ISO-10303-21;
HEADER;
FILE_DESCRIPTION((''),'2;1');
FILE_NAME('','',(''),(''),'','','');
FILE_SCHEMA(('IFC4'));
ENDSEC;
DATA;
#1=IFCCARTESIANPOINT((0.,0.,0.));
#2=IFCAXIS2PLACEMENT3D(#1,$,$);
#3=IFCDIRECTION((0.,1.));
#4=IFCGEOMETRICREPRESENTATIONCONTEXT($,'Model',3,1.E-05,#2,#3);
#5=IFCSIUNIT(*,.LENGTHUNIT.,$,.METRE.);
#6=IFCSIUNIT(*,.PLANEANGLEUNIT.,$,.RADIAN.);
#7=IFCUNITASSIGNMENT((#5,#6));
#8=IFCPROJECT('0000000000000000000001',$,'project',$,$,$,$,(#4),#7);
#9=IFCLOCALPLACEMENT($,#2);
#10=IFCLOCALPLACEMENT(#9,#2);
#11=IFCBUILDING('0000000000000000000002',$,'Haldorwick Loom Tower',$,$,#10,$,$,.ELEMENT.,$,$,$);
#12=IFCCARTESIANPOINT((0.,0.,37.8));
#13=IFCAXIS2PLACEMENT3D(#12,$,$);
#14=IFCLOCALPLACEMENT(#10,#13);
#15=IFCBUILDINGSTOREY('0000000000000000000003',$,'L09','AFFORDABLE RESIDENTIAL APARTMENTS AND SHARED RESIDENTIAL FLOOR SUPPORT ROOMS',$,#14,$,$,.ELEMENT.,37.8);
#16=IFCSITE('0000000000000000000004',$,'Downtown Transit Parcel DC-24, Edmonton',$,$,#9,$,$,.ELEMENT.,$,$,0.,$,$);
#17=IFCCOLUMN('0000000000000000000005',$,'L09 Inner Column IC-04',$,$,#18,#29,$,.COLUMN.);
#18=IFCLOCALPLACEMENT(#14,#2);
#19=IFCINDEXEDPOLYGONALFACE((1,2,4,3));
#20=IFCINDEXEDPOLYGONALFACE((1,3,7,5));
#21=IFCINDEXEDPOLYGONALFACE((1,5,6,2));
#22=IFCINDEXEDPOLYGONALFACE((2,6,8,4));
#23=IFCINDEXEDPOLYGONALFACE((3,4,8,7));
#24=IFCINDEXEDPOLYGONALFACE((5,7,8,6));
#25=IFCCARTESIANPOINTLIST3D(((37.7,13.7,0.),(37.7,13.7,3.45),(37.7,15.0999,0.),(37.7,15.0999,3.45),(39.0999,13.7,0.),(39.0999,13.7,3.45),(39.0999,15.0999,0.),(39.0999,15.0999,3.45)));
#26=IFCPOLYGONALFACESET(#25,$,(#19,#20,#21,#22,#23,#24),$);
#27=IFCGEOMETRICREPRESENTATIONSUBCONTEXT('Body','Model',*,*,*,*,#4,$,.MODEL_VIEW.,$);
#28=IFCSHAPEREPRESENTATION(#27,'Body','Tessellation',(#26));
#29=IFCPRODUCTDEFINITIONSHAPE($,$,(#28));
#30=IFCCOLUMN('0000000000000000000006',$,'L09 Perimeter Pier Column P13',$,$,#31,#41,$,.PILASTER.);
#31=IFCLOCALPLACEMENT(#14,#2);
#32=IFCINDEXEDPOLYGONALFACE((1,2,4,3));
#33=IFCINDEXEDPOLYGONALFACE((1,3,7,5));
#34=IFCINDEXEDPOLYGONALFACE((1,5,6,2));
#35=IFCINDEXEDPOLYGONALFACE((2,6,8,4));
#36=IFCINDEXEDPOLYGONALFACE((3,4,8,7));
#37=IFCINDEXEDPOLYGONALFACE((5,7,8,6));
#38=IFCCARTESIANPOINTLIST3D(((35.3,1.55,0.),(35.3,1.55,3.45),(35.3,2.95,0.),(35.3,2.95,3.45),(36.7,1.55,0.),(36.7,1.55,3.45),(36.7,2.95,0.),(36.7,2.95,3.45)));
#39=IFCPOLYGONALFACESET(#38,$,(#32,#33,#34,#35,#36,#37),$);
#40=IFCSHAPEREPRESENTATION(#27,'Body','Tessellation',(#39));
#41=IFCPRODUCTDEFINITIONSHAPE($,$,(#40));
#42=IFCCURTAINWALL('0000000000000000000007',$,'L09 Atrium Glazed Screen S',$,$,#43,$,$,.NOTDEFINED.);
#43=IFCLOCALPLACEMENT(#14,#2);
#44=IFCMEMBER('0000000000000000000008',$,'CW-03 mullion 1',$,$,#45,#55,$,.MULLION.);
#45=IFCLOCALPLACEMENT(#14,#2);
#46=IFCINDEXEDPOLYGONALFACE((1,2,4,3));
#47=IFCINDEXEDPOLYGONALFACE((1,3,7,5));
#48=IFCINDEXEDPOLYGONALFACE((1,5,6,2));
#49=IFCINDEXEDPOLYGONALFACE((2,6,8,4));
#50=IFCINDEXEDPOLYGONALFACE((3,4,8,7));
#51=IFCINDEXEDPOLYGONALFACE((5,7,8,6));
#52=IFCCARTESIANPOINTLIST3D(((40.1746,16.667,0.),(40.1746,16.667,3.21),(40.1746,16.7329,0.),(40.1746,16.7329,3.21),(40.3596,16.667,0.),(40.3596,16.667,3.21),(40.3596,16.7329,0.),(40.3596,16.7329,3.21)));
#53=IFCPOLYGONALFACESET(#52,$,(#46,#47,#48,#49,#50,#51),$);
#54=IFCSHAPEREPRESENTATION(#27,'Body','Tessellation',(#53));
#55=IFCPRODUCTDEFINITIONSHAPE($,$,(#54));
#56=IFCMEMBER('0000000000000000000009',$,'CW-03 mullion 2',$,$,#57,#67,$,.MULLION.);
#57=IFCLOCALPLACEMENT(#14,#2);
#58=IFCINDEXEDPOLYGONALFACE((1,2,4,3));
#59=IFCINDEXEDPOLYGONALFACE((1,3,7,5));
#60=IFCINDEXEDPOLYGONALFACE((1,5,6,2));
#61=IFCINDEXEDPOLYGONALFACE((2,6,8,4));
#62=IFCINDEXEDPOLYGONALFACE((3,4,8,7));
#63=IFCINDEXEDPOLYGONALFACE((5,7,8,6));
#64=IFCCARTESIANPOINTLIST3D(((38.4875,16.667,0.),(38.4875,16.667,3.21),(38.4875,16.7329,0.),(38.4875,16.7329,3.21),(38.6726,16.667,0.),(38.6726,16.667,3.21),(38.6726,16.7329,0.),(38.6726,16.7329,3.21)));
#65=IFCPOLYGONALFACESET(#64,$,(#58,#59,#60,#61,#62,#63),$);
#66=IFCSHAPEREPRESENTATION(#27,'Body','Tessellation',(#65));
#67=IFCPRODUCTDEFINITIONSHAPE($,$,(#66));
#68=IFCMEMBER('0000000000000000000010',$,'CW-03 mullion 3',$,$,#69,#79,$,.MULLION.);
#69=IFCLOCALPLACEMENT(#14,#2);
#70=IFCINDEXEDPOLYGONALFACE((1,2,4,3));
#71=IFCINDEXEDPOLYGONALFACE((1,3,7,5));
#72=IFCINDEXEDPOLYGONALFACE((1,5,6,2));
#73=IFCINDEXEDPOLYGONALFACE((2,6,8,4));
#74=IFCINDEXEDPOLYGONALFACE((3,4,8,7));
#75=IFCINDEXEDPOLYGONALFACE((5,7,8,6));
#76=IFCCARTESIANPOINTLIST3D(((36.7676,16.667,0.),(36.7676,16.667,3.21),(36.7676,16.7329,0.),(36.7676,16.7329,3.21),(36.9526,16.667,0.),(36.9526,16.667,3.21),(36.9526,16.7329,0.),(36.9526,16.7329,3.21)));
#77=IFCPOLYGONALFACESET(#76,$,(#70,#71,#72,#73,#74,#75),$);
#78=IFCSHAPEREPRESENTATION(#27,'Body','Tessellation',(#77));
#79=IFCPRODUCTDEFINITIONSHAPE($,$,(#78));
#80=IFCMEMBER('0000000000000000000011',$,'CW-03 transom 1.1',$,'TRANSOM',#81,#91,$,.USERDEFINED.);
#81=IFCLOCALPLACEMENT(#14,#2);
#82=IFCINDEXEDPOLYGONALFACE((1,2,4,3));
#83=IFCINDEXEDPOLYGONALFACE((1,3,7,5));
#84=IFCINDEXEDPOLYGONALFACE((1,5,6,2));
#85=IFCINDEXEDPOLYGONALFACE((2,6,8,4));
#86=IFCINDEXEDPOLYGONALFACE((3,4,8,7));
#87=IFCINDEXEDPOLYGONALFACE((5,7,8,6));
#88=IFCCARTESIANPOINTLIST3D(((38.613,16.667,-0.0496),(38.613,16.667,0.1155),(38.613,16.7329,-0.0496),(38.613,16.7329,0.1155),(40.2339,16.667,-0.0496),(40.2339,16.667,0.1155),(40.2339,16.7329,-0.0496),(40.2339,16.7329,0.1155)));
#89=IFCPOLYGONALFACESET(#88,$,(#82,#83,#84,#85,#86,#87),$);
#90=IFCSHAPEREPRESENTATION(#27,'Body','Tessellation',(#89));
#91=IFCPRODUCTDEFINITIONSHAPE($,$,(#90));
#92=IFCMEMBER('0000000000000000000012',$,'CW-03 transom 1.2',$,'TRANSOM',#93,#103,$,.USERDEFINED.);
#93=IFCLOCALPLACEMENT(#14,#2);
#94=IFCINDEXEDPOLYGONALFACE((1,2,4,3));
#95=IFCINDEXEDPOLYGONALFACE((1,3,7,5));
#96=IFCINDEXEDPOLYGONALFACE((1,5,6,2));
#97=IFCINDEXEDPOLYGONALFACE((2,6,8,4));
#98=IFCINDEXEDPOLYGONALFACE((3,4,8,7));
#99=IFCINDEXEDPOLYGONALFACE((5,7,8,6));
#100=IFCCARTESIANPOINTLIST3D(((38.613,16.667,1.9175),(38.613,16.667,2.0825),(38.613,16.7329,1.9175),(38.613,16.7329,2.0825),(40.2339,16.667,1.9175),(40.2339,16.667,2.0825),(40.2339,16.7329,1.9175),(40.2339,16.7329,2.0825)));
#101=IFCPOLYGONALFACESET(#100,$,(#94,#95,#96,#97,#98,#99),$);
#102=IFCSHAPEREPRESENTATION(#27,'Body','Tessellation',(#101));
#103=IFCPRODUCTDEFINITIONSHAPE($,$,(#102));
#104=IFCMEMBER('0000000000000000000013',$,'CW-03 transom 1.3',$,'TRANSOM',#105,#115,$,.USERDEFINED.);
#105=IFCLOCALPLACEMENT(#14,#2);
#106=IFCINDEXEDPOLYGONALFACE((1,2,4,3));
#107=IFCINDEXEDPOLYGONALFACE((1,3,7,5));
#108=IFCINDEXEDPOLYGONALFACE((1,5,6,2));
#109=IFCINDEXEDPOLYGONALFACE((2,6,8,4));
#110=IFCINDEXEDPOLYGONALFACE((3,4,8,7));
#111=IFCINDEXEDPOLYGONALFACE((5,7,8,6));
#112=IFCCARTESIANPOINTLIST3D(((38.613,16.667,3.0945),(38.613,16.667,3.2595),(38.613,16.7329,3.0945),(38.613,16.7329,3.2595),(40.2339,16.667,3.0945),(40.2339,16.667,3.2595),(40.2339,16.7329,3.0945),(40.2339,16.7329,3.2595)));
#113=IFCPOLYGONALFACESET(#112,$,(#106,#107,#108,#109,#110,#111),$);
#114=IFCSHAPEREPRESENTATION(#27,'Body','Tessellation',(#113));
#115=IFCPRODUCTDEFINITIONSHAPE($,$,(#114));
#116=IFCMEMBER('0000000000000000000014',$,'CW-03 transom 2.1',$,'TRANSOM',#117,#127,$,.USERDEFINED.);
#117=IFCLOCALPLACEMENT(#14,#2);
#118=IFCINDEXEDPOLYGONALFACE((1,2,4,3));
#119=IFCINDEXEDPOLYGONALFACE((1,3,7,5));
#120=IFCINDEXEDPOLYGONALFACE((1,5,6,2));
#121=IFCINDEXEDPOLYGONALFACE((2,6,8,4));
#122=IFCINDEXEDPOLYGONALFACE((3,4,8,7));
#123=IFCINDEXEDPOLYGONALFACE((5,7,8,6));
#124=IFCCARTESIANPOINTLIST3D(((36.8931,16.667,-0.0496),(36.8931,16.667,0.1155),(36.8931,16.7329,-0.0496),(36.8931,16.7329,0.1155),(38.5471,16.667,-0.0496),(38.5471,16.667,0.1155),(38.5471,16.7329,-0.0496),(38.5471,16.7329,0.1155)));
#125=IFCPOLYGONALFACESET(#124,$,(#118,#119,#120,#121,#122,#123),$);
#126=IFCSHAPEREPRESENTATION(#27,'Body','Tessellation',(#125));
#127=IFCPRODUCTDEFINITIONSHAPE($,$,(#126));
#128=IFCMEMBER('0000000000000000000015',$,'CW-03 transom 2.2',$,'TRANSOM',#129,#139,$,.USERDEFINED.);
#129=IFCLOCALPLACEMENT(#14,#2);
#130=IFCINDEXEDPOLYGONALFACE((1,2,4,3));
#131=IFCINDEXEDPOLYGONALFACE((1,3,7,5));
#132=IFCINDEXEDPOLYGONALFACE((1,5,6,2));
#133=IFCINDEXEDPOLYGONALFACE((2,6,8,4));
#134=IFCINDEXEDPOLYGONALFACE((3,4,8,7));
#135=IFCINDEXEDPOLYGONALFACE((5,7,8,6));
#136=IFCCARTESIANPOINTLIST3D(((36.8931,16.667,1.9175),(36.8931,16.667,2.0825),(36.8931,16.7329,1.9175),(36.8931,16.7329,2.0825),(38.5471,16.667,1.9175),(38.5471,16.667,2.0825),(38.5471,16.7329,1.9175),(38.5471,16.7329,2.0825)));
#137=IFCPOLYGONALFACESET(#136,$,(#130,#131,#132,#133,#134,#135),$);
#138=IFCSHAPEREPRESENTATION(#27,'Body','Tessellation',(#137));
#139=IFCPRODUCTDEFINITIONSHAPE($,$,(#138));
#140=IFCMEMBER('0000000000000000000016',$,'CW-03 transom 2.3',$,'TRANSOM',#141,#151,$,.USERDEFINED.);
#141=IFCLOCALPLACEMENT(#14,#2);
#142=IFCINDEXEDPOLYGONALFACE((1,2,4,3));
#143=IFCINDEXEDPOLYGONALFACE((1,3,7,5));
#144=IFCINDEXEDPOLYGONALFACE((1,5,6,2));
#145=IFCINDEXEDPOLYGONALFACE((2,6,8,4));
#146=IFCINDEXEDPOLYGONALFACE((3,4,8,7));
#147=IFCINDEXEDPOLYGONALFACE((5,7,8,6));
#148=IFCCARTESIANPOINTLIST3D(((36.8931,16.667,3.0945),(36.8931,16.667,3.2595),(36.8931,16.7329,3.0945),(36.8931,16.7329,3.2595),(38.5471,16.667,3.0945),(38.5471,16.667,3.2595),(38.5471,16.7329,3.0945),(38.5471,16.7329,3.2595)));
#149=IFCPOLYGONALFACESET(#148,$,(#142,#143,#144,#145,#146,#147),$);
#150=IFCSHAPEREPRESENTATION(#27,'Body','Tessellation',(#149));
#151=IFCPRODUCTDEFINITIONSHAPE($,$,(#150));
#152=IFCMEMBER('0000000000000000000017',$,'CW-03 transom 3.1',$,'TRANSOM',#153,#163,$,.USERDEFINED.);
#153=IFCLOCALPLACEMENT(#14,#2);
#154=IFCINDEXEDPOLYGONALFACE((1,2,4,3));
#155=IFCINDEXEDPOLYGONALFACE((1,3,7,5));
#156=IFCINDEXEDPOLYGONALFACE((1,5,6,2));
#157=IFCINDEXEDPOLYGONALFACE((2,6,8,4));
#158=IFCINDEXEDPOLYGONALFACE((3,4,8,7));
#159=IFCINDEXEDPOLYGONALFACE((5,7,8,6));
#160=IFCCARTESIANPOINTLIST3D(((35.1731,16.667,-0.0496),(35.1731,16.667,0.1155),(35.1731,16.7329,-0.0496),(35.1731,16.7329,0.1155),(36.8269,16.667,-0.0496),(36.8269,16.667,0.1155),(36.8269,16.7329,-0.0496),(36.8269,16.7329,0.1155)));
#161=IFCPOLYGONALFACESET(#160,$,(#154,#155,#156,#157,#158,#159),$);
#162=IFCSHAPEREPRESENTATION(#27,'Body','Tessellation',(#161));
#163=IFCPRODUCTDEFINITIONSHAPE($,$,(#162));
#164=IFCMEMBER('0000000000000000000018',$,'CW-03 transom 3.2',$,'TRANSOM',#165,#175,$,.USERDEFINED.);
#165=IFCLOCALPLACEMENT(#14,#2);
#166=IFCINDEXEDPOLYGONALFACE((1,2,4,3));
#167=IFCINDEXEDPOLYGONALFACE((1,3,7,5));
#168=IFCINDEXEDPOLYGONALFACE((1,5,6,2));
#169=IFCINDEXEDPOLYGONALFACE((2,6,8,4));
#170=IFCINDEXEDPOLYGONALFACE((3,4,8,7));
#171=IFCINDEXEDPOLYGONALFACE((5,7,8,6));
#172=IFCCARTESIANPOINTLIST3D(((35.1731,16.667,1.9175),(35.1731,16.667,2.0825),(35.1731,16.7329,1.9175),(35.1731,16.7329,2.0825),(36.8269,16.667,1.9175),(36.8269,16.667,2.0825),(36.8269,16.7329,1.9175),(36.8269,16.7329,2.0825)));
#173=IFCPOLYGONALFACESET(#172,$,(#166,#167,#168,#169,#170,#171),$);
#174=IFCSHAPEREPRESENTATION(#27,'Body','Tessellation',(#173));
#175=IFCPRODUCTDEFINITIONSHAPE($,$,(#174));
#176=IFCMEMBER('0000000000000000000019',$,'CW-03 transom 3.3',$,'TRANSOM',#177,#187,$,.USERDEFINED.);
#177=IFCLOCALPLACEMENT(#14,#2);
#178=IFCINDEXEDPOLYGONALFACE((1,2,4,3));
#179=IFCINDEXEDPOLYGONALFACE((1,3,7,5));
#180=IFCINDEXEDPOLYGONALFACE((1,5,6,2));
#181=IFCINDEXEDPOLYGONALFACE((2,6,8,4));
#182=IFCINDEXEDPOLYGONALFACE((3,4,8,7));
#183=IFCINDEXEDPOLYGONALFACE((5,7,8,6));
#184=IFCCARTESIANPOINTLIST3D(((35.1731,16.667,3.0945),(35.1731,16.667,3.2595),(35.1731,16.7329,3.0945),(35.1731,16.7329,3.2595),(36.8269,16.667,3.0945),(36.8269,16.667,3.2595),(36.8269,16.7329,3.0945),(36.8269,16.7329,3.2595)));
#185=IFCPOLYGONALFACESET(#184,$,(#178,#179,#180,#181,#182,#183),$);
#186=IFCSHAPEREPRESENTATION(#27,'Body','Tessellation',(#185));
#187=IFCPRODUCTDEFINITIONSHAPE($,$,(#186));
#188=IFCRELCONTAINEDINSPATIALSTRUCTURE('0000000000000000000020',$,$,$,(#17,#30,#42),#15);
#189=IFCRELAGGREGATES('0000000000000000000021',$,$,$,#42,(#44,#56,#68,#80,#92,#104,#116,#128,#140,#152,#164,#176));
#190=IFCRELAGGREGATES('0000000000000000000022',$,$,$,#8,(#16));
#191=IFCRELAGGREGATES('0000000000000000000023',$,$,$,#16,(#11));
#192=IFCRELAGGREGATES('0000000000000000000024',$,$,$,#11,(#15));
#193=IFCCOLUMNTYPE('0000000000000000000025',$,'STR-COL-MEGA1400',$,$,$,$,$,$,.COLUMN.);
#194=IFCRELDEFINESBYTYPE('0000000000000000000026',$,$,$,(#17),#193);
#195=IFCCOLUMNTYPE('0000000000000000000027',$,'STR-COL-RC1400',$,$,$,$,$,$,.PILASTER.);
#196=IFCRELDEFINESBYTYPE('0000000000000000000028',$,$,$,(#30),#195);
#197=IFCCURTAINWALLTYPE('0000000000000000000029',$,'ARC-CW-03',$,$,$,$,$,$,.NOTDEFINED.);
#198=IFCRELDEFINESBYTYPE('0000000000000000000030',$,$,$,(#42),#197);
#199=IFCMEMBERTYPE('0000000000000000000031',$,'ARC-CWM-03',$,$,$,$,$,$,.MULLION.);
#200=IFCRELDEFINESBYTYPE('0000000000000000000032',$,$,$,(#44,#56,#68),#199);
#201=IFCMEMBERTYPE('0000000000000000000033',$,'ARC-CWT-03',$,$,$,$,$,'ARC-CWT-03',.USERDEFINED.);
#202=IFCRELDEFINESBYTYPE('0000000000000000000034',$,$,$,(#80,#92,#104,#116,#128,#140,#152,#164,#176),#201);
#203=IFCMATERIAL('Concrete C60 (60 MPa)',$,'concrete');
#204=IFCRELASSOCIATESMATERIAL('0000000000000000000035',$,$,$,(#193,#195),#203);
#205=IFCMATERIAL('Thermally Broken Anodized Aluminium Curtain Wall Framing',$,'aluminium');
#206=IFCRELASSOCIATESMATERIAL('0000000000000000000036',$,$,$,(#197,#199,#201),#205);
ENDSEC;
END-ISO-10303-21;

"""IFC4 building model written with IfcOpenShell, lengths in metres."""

from ifc_helpers import new_model, si_unit, direction, frame, origin, origin_2d, place, context, subcontext, project, spatial, rectangle, extrude, material, material_profile, profile_set, type_object, element, aggregate, save


model = new_model("IFC4")

# Units and contexts
model_context = context("Model", 3, precision=1e-05, world=origin(), true_north=direction((0.0, 1.0)))
body_context = subcontext(model_context, "Body", "Model", "MODEL_VIEW")
ifc_project = project(units=[si_unit("LENGTHUNIT", "METRE"), si_unit("PLANEANGLEUNIT", "RADIAN")], contexts=[model_context])

# Site, building, storey
site_placement = place(None, origin())
site = spatial("IfcSite", under=ifc_project, at=site_placement, Name="Downtown Transit Parcel DC-24, Edmonton", CompositionType="ELEMENT", RefElevation=0.0)
building_placement = place(site_placement, origin())
building = spatial("IfcBuilding", under=site, at=building_placement, Name="Haldorwick Loom Tower", CompositionType="ELEMENT")
storey_placement = place(building_placement, frame((0.0, 0.0, 37.8)))
storey = spatial("IfcBuildingStorey", under=building, at=storey_placement, Name="L09", Description="AFFORDABLE RESIDENTIAL APARTMENTS AND SHARED RESIDENTIAL FLOOR SUPPORT ROOMS", CompositionType="ELEMENT", Elevation=37.8)

# Columns
ifc_material_1 = material(Name="Concrete C60 (60 MPa)", Category="concrete")
ifc_material_profile_1 = material_profile(ifc_material_1, rectangle(XDim=1.3999, YDim=1.3999, at=origin_2d()), Name="RC1400X1400", Category="concrete")
ifc_profile_set_1 = profile_set([ifc_material_profile_1], Name="Concrete C60 (60 MPa)")
column_type_1 = type_object("IfcColumnType", Name="STR-COL-MEGA1400", PredefinedType="COLUMN", material=ifc_profile_set_1)
column_1_placement = place(storey_placement, frame((38.3999, 14.3999, 0.0), z_axis=(0.0, 0.0, 1.0), x_axis=(1.0, 0.0, 0.0)))
element("IfcColumn", 1, at=column_1_placement, inside=storey, type_object=column_type_1, Name="L09 Inner Column IC-04", PredefinedType="COLUMN", context=body_context, shape_type="SweptSolid", body=[
    extrude(rectangle(XDim=1.3999, YDim=1.3999, at=origin_2d()), origin(), (0.0, 0.0, 1.0), 3.45),
])
ifc_material_profile_2 = material_profile(ifc_material_1, rectangle(XDim=1.3999, YDim=1.3999, at=origin_2d()), Name="RC1400X1400", Category="concrete")
ifc_profile_set_2 = profile_set([ifc_material_profile_2], Name="Concrete C60 (60 MPa)")
column_type_2 = type_object("IfcColumnType", Name="STR-COL-RC1400", PredefinedType="PILASTER", material=ifc_profile_set_2)
column_2_placement = place(storey_placement, frame((36.0, 2.25, 0.0), z_axis=(0.0, 0.0, 1.0), x_axis=(0.0, -1.0, 0.0)))
element("IfcColumn", 2, at=column_2_placement, inside=storey, type_object=column_type_2, Name="L09 Perimeter Pier Column P13", PredefinedType="PILASTER", context=body_context, shape_type="SweptSolid", body=[
    extrude(rectangle(XDim=1.3999, YDim=1.3999, at=origin_2d()), origin(), (0.0, 0.0, 1.0), 3.45),
])

# Curtain wall, members
ifc_material_2 = material(Name="Thermally Broken Anodized Aluminium Curtain Wall Framing", Category="aluminium")
curtain_wall_type = type_object("IfcCurtainWallType", Name="ARC-CW-03", PredefinedType="NOTDEFINED", material=ifc_material_2)
curtain_wall_placement = place(storey_placement, origin())
curtain_wall = element("IfcCurtainWall", 3, at=curtain_wall_placement, inside=storey, type_object=curtain_wall_type, Name="L09 Atrium Glazed Screen S", PredefinedType="NOTDEFINED")
ifc_material_profile_3 = material_profile(ifc_material_2, rectangle(XDim=0.0659, YDim=0.1851, at=origin_2d()), Name="ALU_MUL_66X185", Category="aluminium")
ifc_profile_set_3 = profile_set([ifc_material_profile_3], Name="Thermally Broken Anodized Aluminium Curtain Wall Framing")
member_type_1 = type_object("IfcMemberType", Name="ARC-CWM-03", PredefinedType="MULLION", material=ifc_profile_set_3)
member_1_placement = place(storey_placement, frame((40.2671, 16.7, 0.0), z_axis=(0.0, 0.0, 1.0), x_axis=(0.0, -1.0, 0.0)))
member_1 = element("IfcMember", 4, at=member_1_placement, type_object=member_type_1, Name="CW-03 mullion 1", PredefinedType="MULLION", context=body_context, shape_type="SweptSolid", body=[
    extrude(rectangle(XDim=0.0659, YDim=0.1851, at=origin_2d()), origin(), (0.0, 0.0, 1.0), 3.21),
])
member_2_placement = place(storey_placement, frame((38.5801, 16.7, 0.0), z_axis=(0.0, 0.0, 1.0), x_axis=(0.0, -1.0, 0.0)))
member_2 = element("IfcMember", 5, at=member_2_placement, type_object=member_type_1, Name="CW-03 mullion 2", PredefinedType="MULLION", context=body_context, shape_type="SweptSolid", body=[
    extrude(rectangle(XDim=0.0659, YDim=0.1851, at=origin_2d()), origin(), (0.0, 0.0, 1.0), 3.21),
])
member_3_placement = place(storey_placement, frame((36.8601, 16.7, 0.0), z_axis=(0.0, 0.0, 1.0), x_axis=(0.0, -1.0, 0.0)))
member_3 = element("IfcMember", 6, at=member_3_placement, type_object=member_type_1, Name="CW-03 mullion 3", PredefinedType="MULLION", context=body_context, shape_type="SweptSolid", body=[
    extrude(rectangle(XDim=0.0659, YDim=0.1851, at=origin_2d()), origin(), (0.0, 0.0, 1.0), 3.21),
])
ifc_material_profile_4 = material_profile(ifc_material_2, rectangle(XDim=0.0659, YDim=0.165, at=origin_2d()), Name="ALU_TRN_66X165", Category="aluminium")
ifc_profile_set_4 = profile_set([ifc_material_profile_4], Name="Thermally Broken Anodized Aluminium Curtain Wall Framing")
member_type_2 = type_object("IfcMemberType", Name="ARC-CWT-03", ElementType="ARC-CWT-03", PredefinedType="USERDEFINED", material=ifc_profile_set_4)
member_4_placement = place(storey_placement, frame((40.2339, 16.7, 0.033), z_axis=(-1.0, 0.0, 0.0), x_axis=(0.0, -1.0, 0.0)))
member_4 = element("IfcMember", 7, at=member_4_placement, type_object=member_type_2, Name="CW-03 transom 1.1", ObjectType="TRANSOM", PredefinedType="USERDEFINED", context=body_context, shape_type="SweptSolid", body=[
    extrude(rectangle(XDim=0.0659, YDim=0.165, at=origin_2d()), origin(), (0.0, 0.0, 1.0), 1.6208),
])
member_5_placement = place(storey_placement, frame((40.2339, 16.7, 2.0), z_axis=(-1.0, 0.0, 0.0), x_axis=(0.0, -1.0, 0.0)))
member_5 = element("IfcMember", 8, at=member_5_placement, type_object=member_type_2, Name="CW-03 transom 1.2", ObjectType="TRANSOM", PredefinedType="USERDEFINED", context=body_context, shape_type="SweptSolid", body=[
    extrude(rectangle(XDim=0.0659, YDim=0.165, at=origin_2d()), origin(), (0.0, 0.0, 1.0), 1.6208),
])
member_6_placement = place(storey_placement, frame((40.2339, 16.7, 3.177), z_axis=(-1.0, 0.0, 0.0), x_axis=(0.0, -1.0, 0.0)))
member_6 = element("IfcMember", 9, at=member_6_placement, type_object=member_type_2, Name="CW-03 transom 1.3", ObjectType="TRANSOM", PredefinedType="USERDEFINED", context=body_context, shape_type="SweptSolid", body=[
    extrude(rectangle(XDim=0.0659, YDim=0.165, at=origin_2d()), origin(), (0.0, 0.0, 1.0), 1.6208),
])
member_7_placement = place(storey_placement, frame((38.5471, 16.7, 0.033), z_axis=(-1.0, 0.0, 0.0), x_axis=(0.0, -1.0, 0.0)))
member_7 = element("IfcMember", 10, at=member_7_placement, type_object=member_type_2, Name="CW-03 transom 2.1", ObjectType="TRANSOM", PredefinedType="USERDEFINED", context=body_context, shape_type="SweptSolid", body=[
    extrude(rectangle(XDim=0.0659, YDim=0.165, at=origin_2d()), origin(), (0.0, 0.0, 1.0), 1.6541),
])
member_8_placement = place(storey_placement, frame((38.5471, 16.7, 2.0), z_axis=(-1.0, 0.0, 0.0), x_axis=(0.0, -1.0, 0.0)))
member_8 = element("IfcMember", 11, at=member_8_placement, type_object=member_type_2, Name="CW-03 transom 2.2", ObjectType="TRANSOM", PredefinedType="USERDEFINED", context=body_context, shape_type="SweptSolid", body=[
    extrude(rectangle(XDim=0.0659, YDim=0.165, at=origin_2d()), origin(), (0.0, 0.0, 1.0), 1.6541),
])
member_9_placement = place(storey_placement, frame((38.5471, 16.7, 3.177), z_axis=(-1.0, 0.0, 0.0), x_axis=(0.0, -1.0, 0.0)))
member_9 = element("IfcMember", 12, at=member_9_placement, type_object=member_type_2, Name="CW-03 transom 2.3", ObjectType="TRANSOM", PredefinedType="USERDEFINED", context=body_context, shape_type="SweptSolid", body=[
    extrude(rectangle(XDim=0.0659, YDim=0.165, at=origin_2d()), origin(), (0.0, 0.0, 1.0), 1.6541),
])
member_10_placement = place(storey_placement, frame((36.8269, 16.7, 0.033), z_axis=(-1.0, 0.0, 0.0), x_axis=(0.0, -1.0, 0.0)))
member_10 = element("IfcMember", 13, at=member_10_placement, type_object=member_type_2, Name="CW-03 transom 3.1", ObjectType="TRANSOM", PredefinedType="USERDEFINED", context=body_context, shape_type="SweptSolid", body=[
    extrude(rectangle(XDim=0.0659, YDim=0.165, at=origin_2d()), origin(), (0.0, 0.0, 1.0), 1.6538),
])
member_11_placement = place(storey_placement, frame((36.8269, 16.7, 2.0), z_axis=(-1.0, 0.0, 0.0), x_axis=(0.0, -1.0, 0.0)))
member_11 = element("IfcMember", 14, at=member_11_placement, type_object=member_type_2, Name="CW-03 transom 3.2", ObjectType="TRANSOM", PredefinedType="USERDEFINED", context=body_context, shape_type="SweptSolid", body=[
    extrude(rectangle(XDim=0.0659, YDim=0.165, at=origin_2d()), origin(), (0.0, 0.0, 1.0), 1.6538),
])
member_12_placement = place(storey_placement, frame((36.8269, 16.7, 3.177), z_axis=(-1.0, 0.0, 0.0), x_axis=(0.0, -1.0, 0.0)))
member_12 = element("IfcMember", 15, at=member_12_placement, type_object=member_type_2, Name="CW-03 transom 3.3", ObjectType="TRANSOM", PredefinedType="USERDEFINED", context=body_context, shape_type="SweptSolid", body=[
    extrude(rectangle(XDim=0.0659, YDim=0.165, at=origin_2d()), origin(), (0.0, 0.0, 1.0), 1.6538),
])

aggregate(curtain_wall, [member_1, member_2, member_3, member_4, member_5, member_6, member_7, member_8, member_9, member_10, member_11, member_12])

save(model, "model.ifc")
